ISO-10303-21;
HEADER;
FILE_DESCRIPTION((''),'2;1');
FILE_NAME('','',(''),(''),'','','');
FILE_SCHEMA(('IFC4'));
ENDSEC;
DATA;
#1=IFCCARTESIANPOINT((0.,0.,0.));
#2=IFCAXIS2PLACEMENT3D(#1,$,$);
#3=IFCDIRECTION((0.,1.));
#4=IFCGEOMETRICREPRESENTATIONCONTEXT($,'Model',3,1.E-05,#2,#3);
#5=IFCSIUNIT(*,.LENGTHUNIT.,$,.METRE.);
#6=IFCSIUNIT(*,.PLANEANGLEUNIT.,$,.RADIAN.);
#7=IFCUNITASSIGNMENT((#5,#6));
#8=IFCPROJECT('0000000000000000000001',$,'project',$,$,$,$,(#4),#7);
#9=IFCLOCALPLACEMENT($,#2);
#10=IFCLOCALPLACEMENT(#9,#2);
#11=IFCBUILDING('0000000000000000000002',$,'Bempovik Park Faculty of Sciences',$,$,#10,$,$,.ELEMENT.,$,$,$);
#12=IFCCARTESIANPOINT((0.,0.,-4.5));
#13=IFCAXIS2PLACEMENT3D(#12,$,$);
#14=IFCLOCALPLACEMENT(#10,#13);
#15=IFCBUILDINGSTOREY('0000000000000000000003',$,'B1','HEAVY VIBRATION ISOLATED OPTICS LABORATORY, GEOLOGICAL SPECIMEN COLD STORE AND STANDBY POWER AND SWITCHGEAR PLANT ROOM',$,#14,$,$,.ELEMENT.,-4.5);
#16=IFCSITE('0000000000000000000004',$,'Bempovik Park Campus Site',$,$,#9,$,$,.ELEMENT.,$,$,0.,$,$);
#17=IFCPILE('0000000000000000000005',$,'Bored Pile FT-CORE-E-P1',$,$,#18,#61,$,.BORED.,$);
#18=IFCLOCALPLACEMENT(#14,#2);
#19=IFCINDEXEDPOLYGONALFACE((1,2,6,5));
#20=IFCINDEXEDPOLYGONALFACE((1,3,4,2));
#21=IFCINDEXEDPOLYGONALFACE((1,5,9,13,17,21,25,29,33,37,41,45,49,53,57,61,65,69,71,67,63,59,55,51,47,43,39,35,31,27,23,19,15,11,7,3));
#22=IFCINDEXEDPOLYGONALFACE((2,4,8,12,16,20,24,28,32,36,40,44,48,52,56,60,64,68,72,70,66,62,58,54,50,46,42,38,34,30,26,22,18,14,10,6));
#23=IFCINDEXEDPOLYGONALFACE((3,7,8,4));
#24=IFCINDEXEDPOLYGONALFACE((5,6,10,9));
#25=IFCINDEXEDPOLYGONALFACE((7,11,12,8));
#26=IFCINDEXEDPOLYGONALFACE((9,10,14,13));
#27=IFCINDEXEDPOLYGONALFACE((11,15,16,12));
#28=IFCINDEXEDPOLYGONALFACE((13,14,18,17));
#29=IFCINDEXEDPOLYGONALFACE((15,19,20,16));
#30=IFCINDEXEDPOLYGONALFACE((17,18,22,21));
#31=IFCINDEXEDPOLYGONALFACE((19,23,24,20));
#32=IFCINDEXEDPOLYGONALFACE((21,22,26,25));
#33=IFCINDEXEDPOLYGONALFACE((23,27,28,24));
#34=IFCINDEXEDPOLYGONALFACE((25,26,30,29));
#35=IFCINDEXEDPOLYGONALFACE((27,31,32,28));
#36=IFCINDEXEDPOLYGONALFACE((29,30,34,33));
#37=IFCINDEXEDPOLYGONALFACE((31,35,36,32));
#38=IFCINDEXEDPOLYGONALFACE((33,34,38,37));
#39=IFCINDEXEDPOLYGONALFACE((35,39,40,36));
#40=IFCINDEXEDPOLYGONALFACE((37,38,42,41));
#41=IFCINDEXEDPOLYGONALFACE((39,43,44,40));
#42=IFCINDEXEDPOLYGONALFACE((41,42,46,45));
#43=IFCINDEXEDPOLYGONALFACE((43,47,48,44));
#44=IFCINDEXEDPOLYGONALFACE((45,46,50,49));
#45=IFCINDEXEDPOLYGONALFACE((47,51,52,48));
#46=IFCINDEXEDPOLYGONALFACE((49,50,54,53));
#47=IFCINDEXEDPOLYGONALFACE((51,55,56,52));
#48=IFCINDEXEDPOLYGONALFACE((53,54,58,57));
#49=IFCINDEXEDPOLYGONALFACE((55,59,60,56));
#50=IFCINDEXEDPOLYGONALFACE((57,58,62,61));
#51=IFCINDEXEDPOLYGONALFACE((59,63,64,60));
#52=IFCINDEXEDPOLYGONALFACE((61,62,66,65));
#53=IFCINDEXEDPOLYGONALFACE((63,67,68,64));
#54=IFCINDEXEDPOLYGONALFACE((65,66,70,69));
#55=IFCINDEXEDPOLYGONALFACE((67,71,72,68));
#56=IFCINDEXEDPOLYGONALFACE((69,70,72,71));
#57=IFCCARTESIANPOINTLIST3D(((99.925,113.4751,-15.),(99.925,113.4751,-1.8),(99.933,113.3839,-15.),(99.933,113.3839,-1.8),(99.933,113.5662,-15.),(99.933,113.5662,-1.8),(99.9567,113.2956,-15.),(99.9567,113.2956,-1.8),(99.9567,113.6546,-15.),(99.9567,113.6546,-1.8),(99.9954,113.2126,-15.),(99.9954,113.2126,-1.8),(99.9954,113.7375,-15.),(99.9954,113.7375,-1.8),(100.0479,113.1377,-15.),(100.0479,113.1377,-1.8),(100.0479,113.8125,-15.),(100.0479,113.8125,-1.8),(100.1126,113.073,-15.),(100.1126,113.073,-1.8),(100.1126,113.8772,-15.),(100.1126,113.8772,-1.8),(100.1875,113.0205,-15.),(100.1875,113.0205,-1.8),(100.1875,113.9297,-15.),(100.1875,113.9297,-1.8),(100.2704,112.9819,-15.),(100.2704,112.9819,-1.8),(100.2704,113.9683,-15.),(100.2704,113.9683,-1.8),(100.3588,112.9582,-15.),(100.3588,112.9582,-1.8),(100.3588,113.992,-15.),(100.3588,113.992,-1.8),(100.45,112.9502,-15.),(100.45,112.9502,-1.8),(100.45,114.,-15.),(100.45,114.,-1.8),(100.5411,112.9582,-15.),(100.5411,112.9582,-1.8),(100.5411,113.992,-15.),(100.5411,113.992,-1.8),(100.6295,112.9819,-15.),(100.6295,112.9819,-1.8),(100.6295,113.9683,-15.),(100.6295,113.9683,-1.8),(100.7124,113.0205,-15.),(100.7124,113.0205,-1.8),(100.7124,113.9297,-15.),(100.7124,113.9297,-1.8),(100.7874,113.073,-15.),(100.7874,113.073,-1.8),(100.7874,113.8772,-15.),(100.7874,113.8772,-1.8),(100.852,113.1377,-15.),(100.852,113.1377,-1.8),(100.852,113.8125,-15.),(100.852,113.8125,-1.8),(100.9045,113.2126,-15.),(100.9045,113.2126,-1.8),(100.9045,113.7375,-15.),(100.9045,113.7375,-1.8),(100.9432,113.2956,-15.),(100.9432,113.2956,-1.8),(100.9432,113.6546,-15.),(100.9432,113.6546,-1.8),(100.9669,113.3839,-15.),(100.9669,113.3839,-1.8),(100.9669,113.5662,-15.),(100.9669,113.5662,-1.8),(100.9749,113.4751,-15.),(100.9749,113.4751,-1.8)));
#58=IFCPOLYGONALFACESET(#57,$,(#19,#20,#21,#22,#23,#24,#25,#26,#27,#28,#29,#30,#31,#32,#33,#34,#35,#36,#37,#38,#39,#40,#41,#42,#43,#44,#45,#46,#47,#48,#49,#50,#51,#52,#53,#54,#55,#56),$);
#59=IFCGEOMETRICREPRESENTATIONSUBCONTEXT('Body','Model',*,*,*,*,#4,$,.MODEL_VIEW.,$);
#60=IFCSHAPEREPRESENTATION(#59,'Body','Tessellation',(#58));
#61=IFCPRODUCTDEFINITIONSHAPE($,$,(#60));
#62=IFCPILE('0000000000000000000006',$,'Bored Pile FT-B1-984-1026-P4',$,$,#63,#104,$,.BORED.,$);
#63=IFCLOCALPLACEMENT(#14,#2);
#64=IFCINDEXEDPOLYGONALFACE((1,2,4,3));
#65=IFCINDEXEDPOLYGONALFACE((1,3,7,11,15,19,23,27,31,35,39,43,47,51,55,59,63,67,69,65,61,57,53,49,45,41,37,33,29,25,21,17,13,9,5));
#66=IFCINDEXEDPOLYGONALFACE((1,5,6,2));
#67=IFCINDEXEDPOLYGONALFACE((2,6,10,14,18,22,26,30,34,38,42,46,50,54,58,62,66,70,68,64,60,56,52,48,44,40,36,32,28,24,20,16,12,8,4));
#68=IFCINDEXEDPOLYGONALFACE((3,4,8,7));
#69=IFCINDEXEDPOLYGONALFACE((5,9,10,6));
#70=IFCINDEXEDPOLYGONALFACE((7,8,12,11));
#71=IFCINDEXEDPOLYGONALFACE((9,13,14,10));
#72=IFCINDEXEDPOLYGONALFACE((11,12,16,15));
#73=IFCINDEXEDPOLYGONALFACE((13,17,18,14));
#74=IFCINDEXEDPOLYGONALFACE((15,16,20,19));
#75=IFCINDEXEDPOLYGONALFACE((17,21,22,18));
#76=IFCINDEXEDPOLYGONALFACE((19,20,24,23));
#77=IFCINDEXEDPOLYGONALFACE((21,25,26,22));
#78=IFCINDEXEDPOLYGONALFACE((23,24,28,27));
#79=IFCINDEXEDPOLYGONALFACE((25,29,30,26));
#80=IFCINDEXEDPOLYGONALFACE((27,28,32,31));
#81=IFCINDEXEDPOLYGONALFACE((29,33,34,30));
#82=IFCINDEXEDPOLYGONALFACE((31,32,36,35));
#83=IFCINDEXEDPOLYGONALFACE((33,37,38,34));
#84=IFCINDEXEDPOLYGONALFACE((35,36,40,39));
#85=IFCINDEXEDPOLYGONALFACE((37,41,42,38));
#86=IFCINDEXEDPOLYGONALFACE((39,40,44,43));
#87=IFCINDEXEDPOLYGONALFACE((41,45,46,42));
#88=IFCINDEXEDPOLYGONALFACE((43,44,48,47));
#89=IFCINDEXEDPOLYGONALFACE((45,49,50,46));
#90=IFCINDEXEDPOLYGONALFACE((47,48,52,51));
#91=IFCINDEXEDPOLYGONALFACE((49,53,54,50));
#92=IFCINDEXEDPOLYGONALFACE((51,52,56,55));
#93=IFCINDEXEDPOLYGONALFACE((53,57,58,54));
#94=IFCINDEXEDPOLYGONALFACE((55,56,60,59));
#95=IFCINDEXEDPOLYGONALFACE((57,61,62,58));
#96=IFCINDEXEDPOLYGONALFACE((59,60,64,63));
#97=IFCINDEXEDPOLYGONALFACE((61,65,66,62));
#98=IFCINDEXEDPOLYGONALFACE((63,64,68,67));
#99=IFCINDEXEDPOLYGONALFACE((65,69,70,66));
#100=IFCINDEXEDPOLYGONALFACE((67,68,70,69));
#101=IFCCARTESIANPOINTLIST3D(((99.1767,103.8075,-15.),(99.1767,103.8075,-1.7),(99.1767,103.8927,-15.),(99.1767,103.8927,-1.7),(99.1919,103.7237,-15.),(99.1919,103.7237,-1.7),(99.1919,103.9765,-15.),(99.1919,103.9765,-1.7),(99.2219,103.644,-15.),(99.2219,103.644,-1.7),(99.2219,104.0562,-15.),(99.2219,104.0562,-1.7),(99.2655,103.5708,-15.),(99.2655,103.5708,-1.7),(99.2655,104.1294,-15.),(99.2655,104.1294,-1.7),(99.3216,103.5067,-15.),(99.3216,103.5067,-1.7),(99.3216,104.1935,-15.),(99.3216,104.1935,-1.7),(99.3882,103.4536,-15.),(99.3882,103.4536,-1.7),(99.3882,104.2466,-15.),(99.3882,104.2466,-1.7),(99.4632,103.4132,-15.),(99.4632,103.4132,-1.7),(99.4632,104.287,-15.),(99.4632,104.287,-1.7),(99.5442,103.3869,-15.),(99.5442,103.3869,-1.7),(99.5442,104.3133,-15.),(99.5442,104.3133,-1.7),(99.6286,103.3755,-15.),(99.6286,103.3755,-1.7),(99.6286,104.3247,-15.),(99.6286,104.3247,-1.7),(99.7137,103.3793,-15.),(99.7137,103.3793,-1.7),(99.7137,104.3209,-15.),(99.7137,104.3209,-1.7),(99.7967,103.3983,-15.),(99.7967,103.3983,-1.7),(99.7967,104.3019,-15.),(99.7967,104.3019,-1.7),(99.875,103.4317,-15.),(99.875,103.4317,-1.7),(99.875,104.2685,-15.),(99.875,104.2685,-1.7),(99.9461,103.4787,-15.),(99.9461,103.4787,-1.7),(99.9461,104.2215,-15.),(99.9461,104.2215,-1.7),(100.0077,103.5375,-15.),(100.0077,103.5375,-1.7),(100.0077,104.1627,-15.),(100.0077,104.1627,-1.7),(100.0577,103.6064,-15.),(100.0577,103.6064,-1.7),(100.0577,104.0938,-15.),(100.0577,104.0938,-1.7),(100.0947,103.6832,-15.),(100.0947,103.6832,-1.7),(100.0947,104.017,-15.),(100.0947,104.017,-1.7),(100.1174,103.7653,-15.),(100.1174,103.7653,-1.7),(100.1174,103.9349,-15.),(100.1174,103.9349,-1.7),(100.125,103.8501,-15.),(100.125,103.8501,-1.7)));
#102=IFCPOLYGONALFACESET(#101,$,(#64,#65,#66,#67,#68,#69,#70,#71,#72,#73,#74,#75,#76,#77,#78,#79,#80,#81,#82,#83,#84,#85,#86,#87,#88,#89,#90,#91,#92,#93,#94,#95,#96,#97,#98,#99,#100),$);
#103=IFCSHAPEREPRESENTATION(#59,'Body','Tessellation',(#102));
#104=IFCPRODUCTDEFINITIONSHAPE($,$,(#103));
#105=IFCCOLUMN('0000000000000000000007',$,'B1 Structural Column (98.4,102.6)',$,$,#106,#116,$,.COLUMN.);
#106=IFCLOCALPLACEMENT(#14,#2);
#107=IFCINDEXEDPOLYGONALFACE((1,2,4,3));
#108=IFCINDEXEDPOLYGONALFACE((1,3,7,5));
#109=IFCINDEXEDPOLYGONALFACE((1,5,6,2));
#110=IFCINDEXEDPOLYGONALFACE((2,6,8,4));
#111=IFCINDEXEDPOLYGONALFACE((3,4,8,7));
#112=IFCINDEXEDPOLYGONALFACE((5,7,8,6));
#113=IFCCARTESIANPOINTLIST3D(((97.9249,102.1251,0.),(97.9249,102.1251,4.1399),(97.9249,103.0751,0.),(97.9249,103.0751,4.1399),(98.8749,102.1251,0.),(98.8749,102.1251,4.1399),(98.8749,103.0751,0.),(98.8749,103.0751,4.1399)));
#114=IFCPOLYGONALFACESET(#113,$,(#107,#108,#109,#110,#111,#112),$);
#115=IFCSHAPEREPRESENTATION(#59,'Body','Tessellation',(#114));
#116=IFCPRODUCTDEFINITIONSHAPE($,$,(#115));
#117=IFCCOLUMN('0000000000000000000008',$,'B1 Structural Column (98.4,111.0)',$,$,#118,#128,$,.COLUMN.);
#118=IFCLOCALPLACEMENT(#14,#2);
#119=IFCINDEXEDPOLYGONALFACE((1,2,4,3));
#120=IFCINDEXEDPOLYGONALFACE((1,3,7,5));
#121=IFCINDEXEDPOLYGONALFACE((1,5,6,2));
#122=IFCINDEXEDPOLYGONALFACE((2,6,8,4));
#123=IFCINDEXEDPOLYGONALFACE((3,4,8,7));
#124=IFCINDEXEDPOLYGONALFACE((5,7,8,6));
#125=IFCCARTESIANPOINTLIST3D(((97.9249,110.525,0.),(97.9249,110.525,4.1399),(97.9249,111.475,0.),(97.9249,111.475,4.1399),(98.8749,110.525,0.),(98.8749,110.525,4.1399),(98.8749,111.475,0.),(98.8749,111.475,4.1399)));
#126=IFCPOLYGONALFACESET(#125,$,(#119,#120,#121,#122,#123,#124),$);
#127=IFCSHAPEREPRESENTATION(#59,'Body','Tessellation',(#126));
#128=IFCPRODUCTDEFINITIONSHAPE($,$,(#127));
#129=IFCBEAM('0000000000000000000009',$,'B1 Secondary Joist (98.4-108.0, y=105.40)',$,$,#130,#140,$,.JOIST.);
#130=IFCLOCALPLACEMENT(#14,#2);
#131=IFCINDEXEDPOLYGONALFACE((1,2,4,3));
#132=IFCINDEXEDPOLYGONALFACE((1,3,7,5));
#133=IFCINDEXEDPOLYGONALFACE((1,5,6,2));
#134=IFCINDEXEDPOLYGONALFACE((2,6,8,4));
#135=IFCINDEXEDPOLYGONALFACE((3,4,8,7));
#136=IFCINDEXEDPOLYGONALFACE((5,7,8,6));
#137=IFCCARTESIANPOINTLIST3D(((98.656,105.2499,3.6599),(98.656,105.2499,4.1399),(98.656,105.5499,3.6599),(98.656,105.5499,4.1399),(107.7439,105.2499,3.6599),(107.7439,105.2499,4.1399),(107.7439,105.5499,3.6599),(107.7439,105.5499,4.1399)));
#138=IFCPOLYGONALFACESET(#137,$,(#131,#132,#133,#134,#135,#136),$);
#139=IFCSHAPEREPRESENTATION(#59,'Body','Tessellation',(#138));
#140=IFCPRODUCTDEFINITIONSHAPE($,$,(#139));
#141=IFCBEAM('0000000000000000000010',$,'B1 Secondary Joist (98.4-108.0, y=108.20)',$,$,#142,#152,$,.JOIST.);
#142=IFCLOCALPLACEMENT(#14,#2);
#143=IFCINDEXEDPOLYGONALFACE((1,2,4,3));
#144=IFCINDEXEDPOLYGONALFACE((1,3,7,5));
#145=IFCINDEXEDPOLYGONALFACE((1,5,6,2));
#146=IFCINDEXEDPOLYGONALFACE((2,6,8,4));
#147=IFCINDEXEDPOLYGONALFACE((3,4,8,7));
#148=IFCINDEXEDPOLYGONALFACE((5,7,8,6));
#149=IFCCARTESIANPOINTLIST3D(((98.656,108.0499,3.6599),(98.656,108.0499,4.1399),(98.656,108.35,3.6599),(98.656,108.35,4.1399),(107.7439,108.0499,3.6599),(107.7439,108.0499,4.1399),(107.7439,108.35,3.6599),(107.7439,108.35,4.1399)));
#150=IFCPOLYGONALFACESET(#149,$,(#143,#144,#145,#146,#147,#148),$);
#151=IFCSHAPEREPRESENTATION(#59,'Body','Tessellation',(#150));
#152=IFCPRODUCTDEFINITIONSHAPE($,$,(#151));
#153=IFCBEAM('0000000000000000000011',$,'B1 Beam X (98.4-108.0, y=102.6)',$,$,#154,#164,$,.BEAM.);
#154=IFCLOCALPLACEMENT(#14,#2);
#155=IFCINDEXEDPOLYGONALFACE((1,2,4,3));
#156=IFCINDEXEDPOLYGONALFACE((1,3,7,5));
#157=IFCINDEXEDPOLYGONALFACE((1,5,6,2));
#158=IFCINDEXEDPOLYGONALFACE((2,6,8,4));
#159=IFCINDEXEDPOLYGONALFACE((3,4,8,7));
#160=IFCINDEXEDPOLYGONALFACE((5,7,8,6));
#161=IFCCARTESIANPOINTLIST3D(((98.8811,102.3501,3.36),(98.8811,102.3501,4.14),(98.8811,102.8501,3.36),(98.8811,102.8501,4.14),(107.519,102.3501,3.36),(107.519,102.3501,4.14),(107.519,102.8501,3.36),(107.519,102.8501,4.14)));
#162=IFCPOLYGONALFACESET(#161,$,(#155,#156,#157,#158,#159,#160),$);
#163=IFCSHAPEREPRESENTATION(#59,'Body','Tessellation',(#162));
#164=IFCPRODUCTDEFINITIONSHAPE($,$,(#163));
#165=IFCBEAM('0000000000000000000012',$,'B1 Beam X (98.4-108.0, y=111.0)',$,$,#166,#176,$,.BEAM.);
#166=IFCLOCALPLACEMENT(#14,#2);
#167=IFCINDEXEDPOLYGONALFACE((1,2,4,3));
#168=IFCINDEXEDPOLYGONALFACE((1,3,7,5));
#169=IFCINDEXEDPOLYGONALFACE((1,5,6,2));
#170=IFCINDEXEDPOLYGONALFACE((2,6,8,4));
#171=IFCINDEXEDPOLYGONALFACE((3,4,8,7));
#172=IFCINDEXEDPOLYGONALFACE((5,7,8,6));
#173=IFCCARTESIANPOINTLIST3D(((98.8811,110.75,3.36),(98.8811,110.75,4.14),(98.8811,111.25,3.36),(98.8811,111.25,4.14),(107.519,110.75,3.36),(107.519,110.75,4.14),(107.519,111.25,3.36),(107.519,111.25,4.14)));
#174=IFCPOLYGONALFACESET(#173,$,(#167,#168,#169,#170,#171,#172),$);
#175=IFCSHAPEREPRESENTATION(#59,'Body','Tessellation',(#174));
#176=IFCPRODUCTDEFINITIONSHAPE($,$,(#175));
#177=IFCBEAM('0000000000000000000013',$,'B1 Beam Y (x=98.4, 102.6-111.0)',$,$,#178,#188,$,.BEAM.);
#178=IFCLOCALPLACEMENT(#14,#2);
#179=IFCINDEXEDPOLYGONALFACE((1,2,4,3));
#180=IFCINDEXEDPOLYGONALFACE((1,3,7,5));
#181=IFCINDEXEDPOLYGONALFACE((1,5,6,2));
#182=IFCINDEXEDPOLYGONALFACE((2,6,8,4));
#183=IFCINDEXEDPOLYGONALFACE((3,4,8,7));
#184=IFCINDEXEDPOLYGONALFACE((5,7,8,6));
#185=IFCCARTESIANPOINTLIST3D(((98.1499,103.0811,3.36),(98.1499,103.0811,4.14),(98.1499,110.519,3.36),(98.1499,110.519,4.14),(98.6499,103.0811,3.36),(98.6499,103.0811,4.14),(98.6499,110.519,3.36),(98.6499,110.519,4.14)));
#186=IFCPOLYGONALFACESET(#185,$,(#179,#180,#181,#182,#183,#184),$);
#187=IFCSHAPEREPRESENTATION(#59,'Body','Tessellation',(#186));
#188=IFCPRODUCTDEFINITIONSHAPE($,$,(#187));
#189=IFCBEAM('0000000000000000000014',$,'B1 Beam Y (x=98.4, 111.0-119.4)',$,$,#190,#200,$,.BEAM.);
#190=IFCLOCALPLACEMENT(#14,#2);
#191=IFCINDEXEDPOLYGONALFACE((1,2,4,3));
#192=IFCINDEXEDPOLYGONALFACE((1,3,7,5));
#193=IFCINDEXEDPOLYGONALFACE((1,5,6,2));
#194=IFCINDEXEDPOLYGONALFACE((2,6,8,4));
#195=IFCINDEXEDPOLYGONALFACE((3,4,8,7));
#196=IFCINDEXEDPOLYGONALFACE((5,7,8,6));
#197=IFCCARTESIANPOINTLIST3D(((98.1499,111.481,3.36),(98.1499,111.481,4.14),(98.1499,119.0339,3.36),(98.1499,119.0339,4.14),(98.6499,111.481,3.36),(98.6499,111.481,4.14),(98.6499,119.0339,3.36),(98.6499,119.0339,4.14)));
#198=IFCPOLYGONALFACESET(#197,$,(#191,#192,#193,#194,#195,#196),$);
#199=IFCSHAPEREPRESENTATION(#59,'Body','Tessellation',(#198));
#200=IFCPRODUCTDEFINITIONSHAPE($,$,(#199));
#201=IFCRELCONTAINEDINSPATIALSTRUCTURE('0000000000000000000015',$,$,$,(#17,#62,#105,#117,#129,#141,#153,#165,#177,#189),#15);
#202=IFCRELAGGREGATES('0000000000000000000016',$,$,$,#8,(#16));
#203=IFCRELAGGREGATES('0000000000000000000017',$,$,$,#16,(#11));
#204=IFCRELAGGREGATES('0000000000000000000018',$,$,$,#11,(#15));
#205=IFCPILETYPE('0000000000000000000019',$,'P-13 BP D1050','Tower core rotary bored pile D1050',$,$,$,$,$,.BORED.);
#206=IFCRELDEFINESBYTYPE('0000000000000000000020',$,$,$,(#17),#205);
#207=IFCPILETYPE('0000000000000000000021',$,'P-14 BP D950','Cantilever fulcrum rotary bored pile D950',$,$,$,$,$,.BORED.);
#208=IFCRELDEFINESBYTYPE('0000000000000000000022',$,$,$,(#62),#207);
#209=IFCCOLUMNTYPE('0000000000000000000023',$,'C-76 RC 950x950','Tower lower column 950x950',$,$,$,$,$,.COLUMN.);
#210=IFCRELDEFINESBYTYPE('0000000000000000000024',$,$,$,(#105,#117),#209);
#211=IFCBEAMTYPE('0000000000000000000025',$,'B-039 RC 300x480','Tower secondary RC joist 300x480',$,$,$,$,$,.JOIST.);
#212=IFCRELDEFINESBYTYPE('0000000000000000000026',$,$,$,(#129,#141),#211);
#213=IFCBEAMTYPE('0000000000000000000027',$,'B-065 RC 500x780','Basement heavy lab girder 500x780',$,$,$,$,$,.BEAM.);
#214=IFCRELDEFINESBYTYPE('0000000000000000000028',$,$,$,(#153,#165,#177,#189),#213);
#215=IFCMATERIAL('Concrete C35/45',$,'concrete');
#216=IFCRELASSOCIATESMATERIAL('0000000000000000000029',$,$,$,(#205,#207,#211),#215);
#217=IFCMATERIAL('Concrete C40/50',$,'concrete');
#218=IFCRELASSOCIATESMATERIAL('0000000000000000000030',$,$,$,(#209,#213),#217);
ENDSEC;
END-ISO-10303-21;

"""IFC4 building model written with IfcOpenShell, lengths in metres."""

from ifc_helpers import new_model, si_unit, direction, frame, origin, origin_2d, place, context, subcontext, project, spatial, rectangle, circle, extrude, material, material_profile, profile_set, type_object, element, save


model = new_model("IFC4")

# Units and contexts
model_context = context("Model", 3, precision=1e-05, world=origin(), true_north=direction((0.0, 1.0)))
body_context = subcontext(model_context, "Body", "Model", "MODEL_VIEW")
ifc_project = project(units=[si_unit("LENGTHUNIT", "METRE"), si_unit("PLANEANGLEUNIT", "RADIAN")], contexts=[model_context])

# Site, building, storey
site_placement = place(None, origin())
site = spatial("IfcSite", under=ifc_project, at=site_placement, Name="Bempovik Park Campus Site", CompositionType="ELEMENT", RefElevation=0.0)
building_placement = place(site_placement, origin())
building = spatial("IfcBuilding", under=site, at=building_placement, Name="Bempovik Park Faculty of Sciences", CompositionType="ELEMENT")
storey_placement = place(building_placement, frame((0.0, 0.0, -4.5)))
storey = spatial("IfcBuildingStorey", under=building, at=storey_placement, Name="B1", Description="HEAVY VIBRATION ISOLATED OPTICS LABORATORY, GEOLOGICAL SPECIMEN COLD STORE AND STANDBY POWER AND SWITCHGEAR PLANT ROOM", CompositionType="ELEMENT", Elevation=-4.5)

# Piles
ifc_material_1 = material(Name="Concrete C35/45", Category="concrete")
ifc_material_profile_1 = material_profile(ifc_material_1, circle(Radius=0.5249, at=origin_2d()), Name="BP D1050")
ifc_profile_set_1 = profile_set([ifc_material_profile_1], Name="Concrete C35/45")
pile_type_1 = type_object("IfcPileType", Name="P-13 BP D1050", Description="Tower core rotary bored pile D1050", PredefinedType="BORED", material=ifc_profile_set_1)
pile_1_placement = place(storey_placement, frame((100.45, 113.4751, -1.8), z_axis=(0.0, 0.0, -1.0), x_axis=(1.0, 0.0, 0.0)))
element("IfcPile", 1, at=pile_1_placement, inside=storey, type_object=pile_type_1, Name="Bored Pile FT-CORE-E-P1", PredefinedType="BORED", context=body_context, shape_type="SweptSolid", body=[
    extrude(circle(Radius=0.5249, at=origin_2d()), origin(), (0.0, 0.0, 1.0), 13.2),
])
ifc_material_profile_2 = material_profile(ifc_material_1, circle(Radius=0.4751, at=origin_2d()), Name="BP D950")
ifc_profile_set_2 = profile_set([ifc_material_profile_2], Name="Concrete C35/45")
pile_type_2 = type_object("IfcPileType", Name="P-14 BP D950", Description="Cantilever fulcrum rotary bored pile D950", PredefinedType="BORED", material=ifc_profile_set_2)
pile_2_placement = place(storey_placement, frame((99.6499, 103.8501, -1.7), z_axis=(0.0, 0.0, -1.0), x_axis=(1.0, 0.0, 0.0)))
element("IfcPile", 2, at=pile_2_placement, inside=storey, type_object=pile_type_2, Name="Bored Pile FT-B1-984-1026-P4", PredefinedType="BORED", context=body_context, shape_type="SweptSolid", body=[
    extrude(circle(Radius=0.4751, at=origin_2d()), origin(), (0.0, 0.0, 1.0), 13.3),
])

# Columns
ifc_material_2 = material(Name="Concrete C40/50", Category="concrete")
ifc_material_profile_3 = material_profile(ifc_material_2, rectangle(XDim=0.95, YDim=0.95, at=origin_2d()), Name="RC 950x950")
ifc_profile_set_3 = profile_set([ifc_material_profile_3], Name="Concrete C40/50")
column_type = type_object("IfcColumnType", Name="C-76 RC 950x950", Description="Tower lower column 950x950", PredefinedType="COLUMN", material=ifc_profile_set_3)
for number, where, z_axis, x_axis, name in (
    (3, (98.3999, 102.6001, 0.0), (0.0, 0.0, 1.0), (1.0, 0.0, 0.0), "B1 Structural Column (98.4,102.6)"),
    (4, (98.3999, 111.0, 0.0), (0.0, 0.0, 1.0), (1.0, 0.0, 0.0), "B1 Structural Column (98.4,111.0)"),
):
    element("IfcColumn", number, at=place(storey_placement, frame(where, z_axis=z_axis, x_axis=x_axis)), inside=storey, type_object=column_type, Name=name, PredefinedType="COLUMN", context=body_context, shape_type="SweptSolid", body=[
        extrude(rectangle(XDim=0.95, YDim=0.95, at=origin_2d()), origin(), (0.0, 0.0, 1.0), 4.1399),
    ])

# Beams
ifc_material_profile_4 = material_profile(ifc_material_1, rectangle(XDim=0.3, YDim=0.48, at=origin_2d()), Name="RC 300x480")
ifc_profile_set_4 = profile_set([ifc_material_profile_4], Name="Concrete C35/45")
beam_type_1 = type_object("IfcBeamType", Name="B-039 RC 300x480", Description="Tower secondary RC joist 300x480", PredefinedType="JOIST", material=ifc_profile_set_4)
for number, where, z_axis, x_axis, name in (
    (5, (98.656, 105.3999, 3.8999), (1.0, 0.0, 0.0), (0.0, 1.0, 0.0), "B1 Secondary Joist (98.4-108.0, y=105.40)"),
    (6, (98.656, 108.2, 3.8999), (1.0, 0.0, 0.0), (0.0, 1.0, 0.0), "B1 Secondary Joist (98.4-108.0, y=108.20)"),
):
    element("IfcBeam", number, at=place(storey_placement, frame(where, z_axis=z_axis, x_axis=x_axis)), inside=storey, type_object=beam_type_1, Name=name, PredefinedType="JOIST", context=body_context, shape_type="SweptSolid", body=[
        extrude(rectangle(XDim=0.3, YDim=0.48, at=origin_2d()), origin(), (0.0, 0.0, 1.0), 9.0879),
    ])
ifc_material_profile_5 = material_profile(ifc_material_2, rectangle(XDim=0.5, YDim=0.78, at=origin_2d()), Name="RC 500x780")
ifc_profile_set_5 = profile_set([ifc_material_profile_5], Name="Concrete C40/50")
beam_type_2 = type_object("IfcBeamType", Name="B-065 RC 500x780", Description="Basement heavy lab girder 500x780", PredefinedType="BEAM", material=ifc_profile_set_5)
for number, where, z_axis, x_axis, name in (
    (7, (98.8811, 102.6001, 3.75), (1.0, 0.0, 0.0), (0.0, 1.0, 0.0), "B1 Beam X (98.4-108.0, y=102.6)"),
    (8, (98.8811, 111.0, 3.75), (1.0, 0.0, 0.0), (0.0, 1.0, 0.0), "B1 Beam X (98.4-108.0, y=111.0)"),
):
    element("IfcBeam", number, at=place(storey_placement, frame(where, z_axis=z_axis, x_axis=x_axis)), inside=storey, type_object=beam_type_2, Name=name, PredefinedType="BEAM", context=body_context, shape_type="SweptSolid", body=[
        extrude(rectangle(XDim=0.5, YDim=0.78, at=origin_2d()), origin(), (0.0, 0.0, 1.0), 8.6379),
    ])
beam_1_placement = place(storey_placement, frame((98.3999, 103.0811, 3.75), z_axis=(0.0, 1.0, 0.0), x_axis=(-1.0, 0.0, 0.0)))
element("IfcBeam", 9, at=beam_1_placement, inside=storey, type_object=beam_type_2, Name="B1 Beam Y (x=98.4, 102.6-111.0)", PredefinedType="BEAM", context=body_context, shape_type="SweptSolid", body=[
    extrude(rectangle(XDim=0.5, YDim=0.78, at=origin_2d()), origin(), (0.0, 0.0, 1.0), 7.438),
])
beam_2_placement = place(storey_placement, frame((98.3999, 111.481, 3.75), z_axis=(0.0, 1.0, 0.0), x_axis=(-1.0, 0.0, 0.0)))
element("IfcBeam", 10, at=beam_2_placement, inside=storey, type_object=beam_type_2, Name="B1 Beam Y (x=98.4, 111.0-119.4)", PredefinedType="BEAM", context=body_context, shape_type="SweptSolid", body=[
    extrude(rectangle(XDim=0.5, YDim=0.78, at=origin_2d()), origin(), (0.0, 0.0, 1.0), 7.553),
])

save(model, "model.ifc")
